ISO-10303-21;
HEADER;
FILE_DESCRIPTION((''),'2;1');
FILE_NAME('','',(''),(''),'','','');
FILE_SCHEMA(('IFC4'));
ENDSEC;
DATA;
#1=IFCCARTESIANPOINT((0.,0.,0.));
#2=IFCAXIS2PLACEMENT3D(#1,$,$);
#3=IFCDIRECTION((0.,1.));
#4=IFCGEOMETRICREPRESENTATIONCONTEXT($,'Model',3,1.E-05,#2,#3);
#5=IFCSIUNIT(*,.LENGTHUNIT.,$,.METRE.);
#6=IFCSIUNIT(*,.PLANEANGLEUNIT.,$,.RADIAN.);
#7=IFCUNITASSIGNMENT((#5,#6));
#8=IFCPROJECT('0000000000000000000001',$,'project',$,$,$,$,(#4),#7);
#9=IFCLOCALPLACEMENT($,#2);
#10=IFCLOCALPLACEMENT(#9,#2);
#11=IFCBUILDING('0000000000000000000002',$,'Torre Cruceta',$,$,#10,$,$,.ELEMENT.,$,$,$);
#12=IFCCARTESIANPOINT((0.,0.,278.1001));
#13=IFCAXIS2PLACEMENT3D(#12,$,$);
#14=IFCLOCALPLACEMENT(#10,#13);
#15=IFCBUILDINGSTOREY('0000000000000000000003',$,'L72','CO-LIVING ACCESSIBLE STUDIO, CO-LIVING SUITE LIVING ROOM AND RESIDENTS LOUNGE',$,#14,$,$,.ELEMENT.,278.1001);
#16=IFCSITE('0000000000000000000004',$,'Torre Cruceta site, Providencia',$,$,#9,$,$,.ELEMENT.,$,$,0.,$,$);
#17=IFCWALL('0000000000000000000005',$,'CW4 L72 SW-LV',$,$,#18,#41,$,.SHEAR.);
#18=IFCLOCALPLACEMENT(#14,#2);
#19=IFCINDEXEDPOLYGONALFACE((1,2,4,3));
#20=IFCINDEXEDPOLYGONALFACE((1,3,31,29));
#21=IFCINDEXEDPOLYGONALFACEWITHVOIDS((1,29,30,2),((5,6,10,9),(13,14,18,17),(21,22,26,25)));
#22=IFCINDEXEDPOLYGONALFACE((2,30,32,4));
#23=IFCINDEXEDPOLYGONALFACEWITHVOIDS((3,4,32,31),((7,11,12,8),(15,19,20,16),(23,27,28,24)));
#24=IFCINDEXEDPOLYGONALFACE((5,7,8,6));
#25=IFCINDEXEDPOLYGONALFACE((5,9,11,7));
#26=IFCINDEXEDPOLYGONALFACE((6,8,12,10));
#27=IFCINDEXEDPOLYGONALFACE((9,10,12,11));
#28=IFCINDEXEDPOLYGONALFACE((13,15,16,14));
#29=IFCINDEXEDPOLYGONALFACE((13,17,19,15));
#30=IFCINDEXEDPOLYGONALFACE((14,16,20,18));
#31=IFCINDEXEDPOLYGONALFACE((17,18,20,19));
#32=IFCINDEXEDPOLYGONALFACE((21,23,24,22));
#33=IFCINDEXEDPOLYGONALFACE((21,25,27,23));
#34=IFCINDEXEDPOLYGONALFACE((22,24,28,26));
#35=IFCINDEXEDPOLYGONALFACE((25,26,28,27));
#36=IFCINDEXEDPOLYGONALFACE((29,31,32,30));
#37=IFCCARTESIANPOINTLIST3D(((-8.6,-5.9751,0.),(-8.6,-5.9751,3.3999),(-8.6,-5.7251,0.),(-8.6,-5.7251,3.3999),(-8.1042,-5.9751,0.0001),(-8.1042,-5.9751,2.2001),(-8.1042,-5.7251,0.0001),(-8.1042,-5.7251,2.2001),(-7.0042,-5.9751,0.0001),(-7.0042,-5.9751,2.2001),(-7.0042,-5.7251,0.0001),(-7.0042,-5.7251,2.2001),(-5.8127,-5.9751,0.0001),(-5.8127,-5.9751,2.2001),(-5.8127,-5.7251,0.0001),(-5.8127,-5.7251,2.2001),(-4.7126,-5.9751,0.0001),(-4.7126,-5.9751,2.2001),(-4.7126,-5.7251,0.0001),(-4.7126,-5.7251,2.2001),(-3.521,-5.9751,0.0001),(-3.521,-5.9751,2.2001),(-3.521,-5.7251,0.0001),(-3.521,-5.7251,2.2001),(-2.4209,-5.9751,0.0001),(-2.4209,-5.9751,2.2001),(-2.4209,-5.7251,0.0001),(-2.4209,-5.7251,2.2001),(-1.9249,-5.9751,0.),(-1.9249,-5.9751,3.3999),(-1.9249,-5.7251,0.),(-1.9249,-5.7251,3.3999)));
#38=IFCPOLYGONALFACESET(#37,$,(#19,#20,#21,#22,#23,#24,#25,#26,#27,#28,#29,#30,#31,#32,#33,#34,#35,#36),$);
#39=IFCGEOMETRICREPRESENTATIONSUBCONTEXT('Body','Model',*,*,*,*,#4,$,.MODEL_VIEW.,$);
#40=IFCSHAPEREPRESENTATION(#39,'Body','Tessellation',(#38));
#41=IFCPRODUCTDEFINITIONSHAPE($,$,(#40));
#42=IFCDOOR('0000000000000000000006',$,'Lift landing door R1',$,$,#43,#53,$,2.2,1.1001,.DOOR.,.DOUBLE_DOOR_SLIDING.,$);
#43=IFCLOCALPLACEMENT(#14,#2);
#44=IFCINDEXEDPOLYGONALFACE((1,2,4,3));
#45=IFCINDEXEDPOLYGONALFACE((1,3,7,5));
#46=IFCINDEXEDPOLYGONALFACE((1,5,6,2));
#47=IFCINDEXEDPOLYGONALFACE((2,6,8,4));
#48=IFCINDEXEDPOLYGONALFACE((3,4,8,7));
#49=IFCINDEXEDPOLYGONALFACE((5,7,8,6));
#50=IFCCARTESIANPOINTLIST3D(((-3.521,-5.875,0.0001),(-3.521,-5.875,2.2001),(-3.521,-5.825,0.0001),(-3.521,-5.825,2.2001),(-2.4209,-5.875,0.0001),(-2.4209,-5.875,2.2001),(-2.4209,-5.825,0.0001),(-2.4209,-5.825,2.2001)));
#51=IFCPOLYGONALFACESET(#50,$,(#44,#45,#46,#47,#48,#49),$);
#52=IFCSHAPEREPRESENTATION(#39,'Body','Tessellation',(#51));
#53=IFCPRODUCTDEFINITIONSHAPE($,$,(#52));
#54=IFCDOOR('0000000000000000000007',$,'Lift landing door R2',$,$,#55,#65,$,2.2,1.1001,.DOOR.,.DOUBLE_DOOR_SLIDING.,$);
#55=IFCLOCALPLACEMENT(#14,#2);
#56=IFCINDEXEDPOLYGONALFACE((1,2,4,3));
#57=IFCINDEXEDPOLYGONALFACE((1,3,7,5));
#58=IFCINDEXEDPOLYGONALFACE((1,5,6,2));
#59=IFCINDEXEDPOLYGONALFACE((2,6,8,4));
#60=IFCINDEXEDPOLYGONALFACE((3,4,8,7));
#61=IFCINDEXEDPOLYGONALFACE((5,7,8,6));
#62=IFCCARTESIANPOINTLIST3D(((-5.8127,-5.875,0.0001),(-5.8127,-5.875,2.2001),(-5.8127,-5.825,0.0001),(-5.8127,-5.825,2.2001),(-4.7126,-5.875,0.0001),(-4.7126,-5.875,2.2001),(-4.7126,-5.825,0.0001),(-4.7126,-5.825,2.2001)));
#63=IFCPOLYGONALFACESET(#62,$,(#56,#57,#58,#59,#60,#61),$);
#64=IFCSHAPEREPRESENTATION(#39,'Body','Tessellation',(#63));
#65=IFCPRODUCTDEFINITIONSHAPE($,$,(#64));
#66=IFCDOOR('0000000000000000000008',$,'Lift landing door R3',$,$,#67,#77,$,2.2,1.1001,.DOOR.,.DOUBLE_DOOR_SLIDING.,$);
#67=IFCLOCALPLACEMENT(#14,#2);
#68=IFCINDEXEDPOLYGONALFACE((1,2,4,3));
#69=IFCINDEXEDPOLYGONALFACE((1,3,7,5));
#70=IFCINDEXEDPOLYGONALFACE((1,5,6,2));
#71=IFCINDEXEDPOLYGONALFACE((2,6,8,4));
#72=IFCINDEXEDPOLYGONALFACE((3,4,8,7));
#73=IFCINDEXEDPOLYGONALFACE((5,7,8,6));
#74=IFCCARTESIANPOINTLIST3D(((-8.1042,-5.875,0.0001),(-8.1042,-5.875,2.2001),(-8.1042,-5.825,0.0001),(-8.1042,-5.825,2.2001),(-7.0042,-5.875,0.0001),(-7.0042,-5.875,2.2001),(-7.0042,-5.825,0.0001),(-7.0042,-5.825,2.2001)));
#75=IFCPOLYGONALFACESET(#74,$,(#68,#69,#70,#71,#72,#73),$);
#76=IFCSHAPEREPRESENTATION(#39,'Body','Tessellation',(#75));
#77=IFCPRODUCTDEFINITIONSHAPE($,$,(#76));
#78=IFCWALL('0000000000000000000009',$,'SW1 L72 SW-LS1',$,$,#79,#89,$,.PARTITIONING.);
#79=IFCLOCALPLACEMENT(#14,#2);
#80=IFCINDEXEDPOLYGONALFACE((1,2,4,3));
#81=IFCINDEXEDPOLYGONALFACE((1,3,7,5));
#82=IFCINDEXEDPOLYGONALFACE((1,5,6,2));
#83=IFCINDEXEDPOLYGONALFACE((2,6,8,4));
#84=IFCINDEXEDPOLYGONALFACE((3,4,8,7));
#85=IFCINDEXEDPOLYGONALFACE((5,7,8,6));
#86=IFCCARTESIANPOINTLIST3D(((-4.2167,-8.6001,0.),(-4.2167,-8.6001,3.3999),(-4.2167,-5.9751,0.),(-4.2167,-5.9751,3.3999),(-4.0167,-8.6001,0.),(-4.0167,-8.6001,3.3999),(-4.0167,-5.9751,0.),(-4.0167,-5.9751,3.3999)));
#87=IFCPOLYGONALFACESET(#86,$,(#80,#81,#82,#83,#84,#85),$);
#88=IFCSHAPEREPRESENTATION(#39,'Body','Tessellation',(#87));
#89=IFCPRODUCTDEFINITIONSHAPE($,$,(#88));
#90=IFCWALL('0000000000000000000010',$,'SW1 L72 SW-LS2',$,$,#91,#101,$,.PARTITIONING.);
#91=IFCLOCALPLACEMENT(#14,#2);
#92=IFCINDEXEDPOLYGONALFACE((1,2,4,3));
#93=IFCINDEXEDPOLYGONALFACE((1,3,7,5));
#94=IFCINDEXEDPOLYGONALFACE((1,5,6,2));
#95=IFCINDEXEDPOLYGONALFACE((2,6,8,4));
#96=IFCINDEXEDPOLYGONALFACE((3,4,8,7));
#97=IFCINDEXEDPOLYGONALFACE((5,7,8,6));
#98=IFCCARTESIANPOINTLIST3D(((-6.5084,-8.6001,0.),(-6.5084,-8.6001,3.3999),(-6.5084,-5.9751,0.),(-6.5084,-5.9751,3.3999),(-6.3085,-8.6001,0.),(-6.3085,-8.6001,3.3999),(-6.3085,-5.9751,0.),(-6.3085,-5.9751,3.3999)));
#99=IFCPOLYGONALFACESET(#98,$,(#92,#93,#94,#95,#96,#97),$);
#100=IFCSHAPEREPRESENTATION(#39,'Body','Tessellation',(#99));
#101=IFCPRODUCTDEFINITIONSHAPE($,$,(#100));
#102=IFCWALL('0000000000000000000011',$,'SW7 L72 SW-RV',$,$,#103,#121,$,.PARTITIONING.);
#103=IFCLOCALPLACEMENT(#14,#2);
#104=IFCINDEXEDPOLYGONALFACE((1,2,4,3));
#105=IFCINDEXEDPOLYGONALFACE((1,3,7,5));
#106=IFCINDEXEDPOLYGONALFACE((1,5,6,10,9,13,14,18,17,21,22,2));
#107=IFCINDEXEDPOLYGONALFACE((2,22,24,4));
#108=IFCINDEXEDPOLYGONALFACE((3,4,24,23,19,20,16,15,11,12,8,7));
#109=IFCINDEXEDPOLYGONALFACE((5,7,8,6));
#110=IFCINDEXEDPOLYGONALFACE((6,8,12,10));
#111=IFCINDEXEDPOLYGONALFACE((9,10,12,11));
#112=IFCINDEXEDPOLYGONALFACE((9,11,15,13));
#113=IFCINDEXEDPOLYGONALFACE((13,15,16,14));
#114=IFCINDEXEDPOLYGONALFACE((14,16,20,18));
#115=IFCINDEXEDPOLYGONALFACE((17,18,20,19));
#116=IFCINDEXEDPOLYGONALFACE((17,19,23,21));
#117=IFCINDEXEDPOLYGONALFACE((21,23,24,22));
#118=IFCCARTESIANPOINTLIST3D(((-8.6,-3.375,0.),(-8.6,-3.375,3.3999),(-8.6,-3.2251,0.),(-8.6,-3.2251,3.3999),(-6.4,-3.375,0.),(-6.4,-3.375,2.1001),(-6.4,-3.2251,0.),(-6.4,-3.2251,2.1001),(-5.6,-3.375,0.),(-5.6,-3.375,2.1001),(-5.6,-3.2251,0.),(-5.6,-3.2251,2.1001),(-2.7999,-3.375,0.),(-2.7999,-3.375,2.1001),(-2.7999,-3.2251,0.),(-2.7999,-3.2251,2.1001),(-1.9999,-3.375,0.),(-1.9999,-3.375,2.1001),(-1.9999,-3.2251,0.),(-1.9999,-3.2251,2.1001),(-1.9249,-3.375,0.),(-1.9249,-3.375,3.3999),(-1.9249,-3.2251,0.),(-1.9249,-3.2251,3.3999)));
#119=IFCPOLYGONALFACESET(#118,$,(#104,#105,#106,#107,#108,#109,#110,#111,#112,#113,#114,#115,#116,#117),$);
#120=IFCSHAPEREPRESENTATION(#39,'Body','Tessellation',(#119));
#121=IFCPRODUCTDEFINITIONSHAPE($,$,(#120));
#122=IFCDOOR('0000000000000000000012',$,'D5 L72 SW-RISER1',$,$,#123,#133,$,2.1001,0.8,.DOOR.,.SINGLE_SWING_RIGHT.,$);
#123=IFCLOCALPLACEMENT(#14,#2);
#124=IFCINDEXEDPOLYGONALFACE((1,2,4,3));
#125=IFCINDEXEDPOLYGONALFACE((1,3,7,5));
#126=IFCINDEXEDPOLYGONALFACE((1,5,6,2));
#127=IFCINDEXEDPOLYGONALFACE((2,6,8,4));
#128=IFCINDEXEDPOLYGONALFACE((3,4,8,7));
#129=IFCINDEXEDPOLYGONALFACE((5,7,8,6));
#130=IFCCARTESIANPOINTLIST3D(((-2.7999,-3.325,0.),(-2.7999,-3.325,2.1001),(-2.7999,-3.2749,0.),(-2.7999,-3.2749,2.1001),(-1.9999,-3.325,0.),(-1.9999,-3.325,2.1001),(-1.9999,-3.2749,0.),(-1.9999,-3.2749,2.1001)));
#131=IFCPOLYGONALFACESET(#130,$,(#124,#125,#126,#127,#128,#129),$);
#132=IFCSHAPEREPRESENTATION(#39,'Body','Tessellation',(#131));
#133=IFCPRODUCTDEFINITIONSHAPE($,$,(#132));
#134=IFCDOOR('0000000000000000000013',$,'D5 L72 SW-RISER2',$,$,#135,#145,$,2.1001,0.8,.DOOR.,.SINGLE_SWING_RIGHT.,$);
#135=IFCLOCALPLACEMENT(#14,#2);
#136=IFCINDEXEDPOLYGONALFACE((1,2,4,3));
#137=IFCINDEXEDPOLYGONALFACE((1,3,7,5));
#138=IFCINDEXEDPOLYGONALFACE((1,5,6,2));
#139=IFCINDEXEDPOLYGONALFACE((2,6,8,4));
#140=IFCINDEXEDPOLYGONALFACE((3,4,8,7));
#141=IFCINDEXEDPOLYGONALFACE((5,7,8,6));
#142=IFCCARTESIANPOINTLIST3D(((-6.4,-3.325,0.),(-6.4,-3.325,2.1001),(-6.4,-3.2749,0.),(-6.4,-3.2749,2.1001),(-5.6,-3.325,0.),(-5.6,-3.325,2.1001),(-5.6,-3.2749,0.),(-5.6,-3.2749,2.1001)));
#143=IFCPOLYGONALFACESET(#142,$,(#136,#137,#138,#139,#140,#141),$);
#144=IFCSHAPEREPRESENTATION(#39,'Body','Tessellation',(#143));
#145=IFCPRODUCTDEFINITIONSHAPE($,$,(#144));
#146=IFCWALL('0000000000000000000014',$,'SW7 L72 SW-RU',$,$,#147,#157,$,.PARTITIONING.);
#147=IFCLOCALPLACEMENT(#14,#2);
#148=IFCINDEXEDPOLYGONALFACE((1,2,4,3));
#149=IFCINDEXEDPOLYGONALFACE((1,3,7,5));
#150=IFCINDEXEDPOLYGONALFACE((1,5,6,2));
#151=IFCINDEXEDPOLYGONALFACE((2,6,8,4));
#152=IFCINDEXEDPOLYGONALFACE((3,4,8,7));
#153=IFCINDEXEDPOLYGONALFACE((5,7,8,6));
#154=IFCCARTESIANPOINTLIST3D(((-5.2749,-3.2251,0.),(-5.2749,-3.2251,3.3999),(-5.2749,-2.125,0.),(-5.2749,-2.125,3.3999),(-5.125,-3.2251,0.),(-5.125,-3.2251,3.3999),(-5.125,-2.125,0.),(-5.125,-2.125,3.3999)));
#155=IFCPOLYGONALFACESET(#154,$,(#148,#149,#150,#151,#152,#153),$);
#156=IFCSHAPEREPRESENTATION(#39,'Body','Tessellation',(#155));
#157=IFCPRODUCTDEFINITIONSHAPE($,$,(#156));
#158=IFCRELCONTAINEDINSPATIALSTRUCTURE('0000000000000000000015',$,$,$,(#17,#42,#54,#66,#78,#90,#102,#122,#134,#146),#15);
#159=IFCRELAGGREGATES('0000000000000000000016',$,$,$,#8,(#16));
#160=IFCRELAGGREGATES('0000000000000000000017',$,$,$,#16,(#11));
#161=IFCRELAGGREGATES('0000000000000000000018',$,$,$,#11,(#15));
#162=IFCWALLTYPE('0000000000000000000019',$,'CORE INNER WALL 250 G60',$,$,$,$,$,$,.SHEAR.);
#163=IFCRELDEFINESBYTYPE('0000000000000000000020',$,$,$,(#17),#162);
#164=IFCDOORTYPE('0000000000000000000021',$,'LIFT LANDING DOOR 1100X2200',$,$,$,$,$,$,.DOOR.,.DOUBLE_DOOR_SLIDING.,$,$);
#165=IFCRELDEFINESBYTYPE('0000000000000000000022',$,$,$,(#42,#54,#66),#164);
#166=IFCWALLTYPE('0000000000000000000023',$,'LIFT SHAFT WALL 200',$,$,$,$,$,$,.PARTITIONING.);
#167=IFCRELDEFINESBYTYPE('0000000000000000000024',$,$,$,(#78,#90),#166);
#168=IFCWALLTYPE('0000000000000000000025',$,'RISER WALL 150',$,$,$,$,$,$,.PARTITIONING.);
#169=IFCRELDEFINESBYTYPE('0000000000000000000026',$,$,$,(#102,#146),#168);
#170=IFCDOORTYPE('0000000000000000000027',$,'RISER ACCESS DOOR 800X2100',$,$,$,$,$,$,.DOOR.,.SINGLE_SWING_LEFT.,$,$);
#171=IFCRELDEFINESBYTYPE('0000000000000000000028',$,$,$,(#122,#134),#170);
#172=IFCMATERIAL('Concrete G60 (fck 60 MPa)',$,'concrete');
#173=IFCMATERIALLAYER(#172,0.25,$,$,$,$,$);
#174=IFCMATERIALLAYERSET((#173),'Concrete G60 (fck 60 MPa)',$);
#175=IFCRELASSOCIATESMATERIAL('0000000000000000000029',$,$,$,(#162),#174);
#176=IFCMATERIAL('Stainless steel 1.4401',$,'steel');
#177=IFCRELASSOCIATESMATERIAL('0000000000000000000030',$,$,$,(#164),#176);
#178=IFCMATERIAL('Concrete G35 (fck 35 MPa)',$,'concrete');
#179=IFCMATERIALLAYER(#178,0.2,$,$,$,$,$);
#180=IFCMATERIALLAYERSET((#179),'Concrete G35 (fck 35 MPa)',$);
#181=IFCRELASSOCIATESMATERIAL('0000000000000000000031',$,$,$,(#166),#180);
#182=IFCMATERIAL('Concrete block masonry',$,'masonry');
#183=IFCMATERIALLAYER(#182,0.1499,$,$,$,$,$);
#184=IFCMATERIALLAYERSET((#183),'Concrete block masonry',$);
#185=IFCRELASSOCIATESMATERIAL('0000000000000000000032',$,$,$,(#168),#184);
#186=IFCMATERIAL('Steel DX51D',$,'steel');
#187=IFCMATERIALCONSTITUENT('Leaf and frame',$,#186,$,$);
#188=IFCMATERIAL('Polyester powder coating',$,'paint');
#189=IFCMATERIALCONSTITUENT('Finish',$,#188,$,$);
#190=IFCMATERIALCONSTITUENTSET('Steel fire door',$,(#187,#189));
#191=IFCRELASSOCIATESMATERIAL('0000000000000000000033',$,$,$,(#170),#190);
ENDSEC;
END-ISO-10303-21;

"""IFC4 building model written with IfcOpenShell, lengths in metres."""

from ifc_helpers import new_model, si_unit, direction, frame, frame_2d, origin, place, context, subcontext, project, spatial, rectangle, extrude, material, layer, layer_set, constituent, constituent_set, type_object, element, fill, save


model = new_model("IFC4")

# Units and contexts
model_context = context("Model", 3, precision=1e-05, world=origin(), true_north=direction((0.0, 1.0)))
body_context = subcontext(model_context, "Body", "Model", "MODEL_VIEW")
ifc_project = project(units=[si_unit("LENGTHUNIT", "METRE"), si_unit("PLANEANGLEUNIT", "RADIAN")], contexts=[model_context])

# Site, building, storey
site_placement = place(None, origin())
site = spatial("IfcSite", under=ifc_project, at=site_placement, Name="Torre Cruceta site, Providencia", CompositionType="ELEMENT", RefElevation=0.0)
building_placement = place(site_placement, origin())
building = spatial("IfcBuilding", under=site, at=building_placement, Name="Torre Cruceta", CompositionType="ELEMENT")
storey_placement = place(building_placement, frame((0.0, 0.0, 278.1001)))
storey = spatial("IfcBuildingStorey", under=building, at=storey_placement, Name="L72", Description="CO-LIVING ACCESSIBLE STUDIO, CO-LIVING SUITE LIVING ROOM AND RESIDENTS LOUNGE", CompositionType="ELEMENT", Elevation=278.1001)

# Shared definitions
ifc_material_1 = material(Name="Concrete G60 (fck 60 MPa)", Category="concrete")
ifc_layer_1 = layer(ifc_material_1, 0.25)
ifc_layer_set_1 = layer_set([ifc_layer_1], Name="Concrete G60 (fck 60 MPa)")
wall_type_1 = type_object("IfcWallType", Name="CORE INNER WALL 250 G60", PredefinedType="SHEAR", material=ifc_layer_set_1)

# Wall, openings, doors
wall_1_placement = place(storey_placement, frame((-1.925, -5.8501, 0.0), z_axis=(0.0, 0.0, 1.0), x_axis=(-1.0, 0.0, 0.0)))
wall_1 = element("IfcWall", 1, at=wall_1_placement, inside=storey, type_object=wall_type_1, Name="CW4 L72 SW-LV", PredefinedType="SHEAR", context=body_context, shape_type="SweptSolid", body=[
    extrude(rectangle(XDim=6.675, YDim=0.25, at=frame_2d((3.3374, 0.0))), origin(), (0.0, 0.0, 1.0), 3.3999),
])
opening_1_placement = place(wall_1_placement, frame((0.4958, 0.0, 0.0)))
opening_1 = element("IfcOpeningElement", 2, at=opening_1_placement, cuts=wall_1, PredefinedType="OPENING", context=body_context, shape_type="SweptSolid", body=[
    extrude(rectangle(XDim=1.1001, YDim=2.2, at=frame_2d((0.55, 1.1001))), frame((0.0, 0.135, 0.0), z_axis=(0.0, -1.0, 0.0), x_axis=(1.0, 0.0, 0.0)), (0.0, 0.0, 1.0), 0.27),
])
opening_2_placement = place(wall_1_placement, frame((2.7876, 0.0, 0.0)))
opening_2 = element("IfcOpeningElement", 3, at=opening_2_placement, cuts=wall_1, PredefinedType="OPENING", context=body_context, shape_type="SweptSolid", body=[
    extrude(rectangle(XDim=1.1001, YDim=2.2, at=frame_2d((0.55, 1.1001))), frame((0.0, 0.135, 0.0), z_axis=(0.0, -1.0, 0.0), x_axis=(1.0, 0.0, 0.0)), (0.0, 0.0, 1.0), 0.27),
])
opening_3_placement = place(wall_1_placement, frame((5.0791, 0.0, 0.0)))
opening_3 = element("IfcOpeningElement", 4, at=opening_3_placement, cuts=wall_1, PredefinedType="OPENING", context=body_context, shape_type="SweptSolid", body=[
    extrude(rectangle(XDim=1.1001, YDim=2.2, at=frame_2d((0.55, 1.1001))), frame((0.0, 0.135, 0.0), z_axis=(0.0, -1.0, 0.0), x_axis=(1.0, 0.0, 0.0)), (0.0, 0.0, 1.0), 0.27),
])
ifc_material_2 = material(Name="Stainless steel 1.4401", Category="steel")
door_type_1 = type_object("IfcDoorType", Name="LIFT LANDING DOOR 1100X2200", OperationType="DOUBLE_DOOR_SLIDING", PredefinedType="DOOR", material=ifc_material_2)
door_1_placement = place(opening_1_placement, origin())
door_1 = element("IfcDoor", 5, at=door_1_placement, inside=storey, type_object=door_type_1, Name="Lift landing door R1", OperationType="DOUBLE_DOOR_SLIDING", OverallHeight=2.2, OverallWidth=1.1001, PredefinedType="DOOR", context=body_context, shape_type="SweptSolid", body=[
    extrude(rectangle(XDim=1.1001, YDim=2.2, at=frame_2d((0.55, 1.1001))), frame((0.0, 0.0249, 0.0), z_axis=(0.0, -1.0, 0.0), x_axis=(1.0, 0.0, 0.0)), (0.0, 0.0, 1.0), 0.05),
])
fill(opening_1, door_1)
door_2_placement = place(opening_2_placement, origin())
door_2 = element("IfcDoor", 6, at=door_2_placement, inside=storey, type_object=door_type_1, Name="Lift landing door R2", OperationType="DOUBLE_DOOR_SLIDING", OverallHeight=2.2, OverallWidth=1.1001, PredefinedType="DOOR", context=body_context, shape_type="SweptSolid", body=[
    extrude(rectangle(XDim=1.1001, YDim=2.2, at=frame_2d((0.55, 1.1001))), frame((0.0, 0.0249, 0.0), z_axis=(0.0, -1.0, 0.0), x_axis=(1.0, 0.0, 0.0)), (0.0, 0.0, 1.0), 0.05),
])
fill(opening_2, door_2)
door_3_placement = place(opening_3_placement, origin())
door_3 = element("IfcDoor", 7, at=door_3_placement, inside=storey, type_object=door_type_1, Name="Lift landing door R3", OperationType="DOUBLE_DOOR_SLIDING", OverallHeight=2.2, OverallWidth=1.1001, PredefinedType="DOOR", context=body_context, shape_type="SweptSolid", body=[
    extrude(rectangle(XDim=1.1001, YDim=2.2, at=frame_2d((0.55, 1.1001))), frame((0.0, 0.0249, 0.0), z_axis=(0.0, -1.0, 0.0), x_axis=(1.0, 0.0, 0.0)), (0.0, 0.0, 1.0), 0.05),
])
fill(opening_3, door_3)

# Walls
ifc_material_3 = material(Name="Concrete G35 (fck 35 MPa)", Category="concrete")
ifc_layer_2 = layer(ifc_material_3, 0.2)
ifc_layer_set_2 = layer_set([ifc_layer_2], Name="Concrete G35 (fck 35 MPa)")
wall_type_2 = type_object("IfcWallType", Name="LIFT SHAFT WALL 200", PredefinedType="PARTITIONING", material=ifc_layer_set_2)
for number, where, z_axis, x_axis, name in (
    (8, (-4.1167, -5.9751, 0.0), (0.0, 0.0, 1.0), (0.0, -1.0, 0.0), "SW1 L72 SW-LS1"),
    (9, (-6.4084, -5.9751, 0.0), (0.0, 0.0, 1.0), (0.0, -1.0, 0.0), "SW1 L72 SW-LS2"),
):
    element("IfcWall", number, at=place(storey_placement, frame(where, z_axis=z_axis, x_axis=x_axis)), inside=storey, type_object=wall_type_2, Name=name, PredefinedType="PARTITIONING", context=body_context, shape_type="SweptSolid", body=[
        extrude(rectangle(XDim=2.625, YDim=0.2, at=frame_2d((1.3125, 0.0))), origin(), (0.0, 0.0, 1.0), 3.3999),
    ])

# Wall, openings, doors
ifc_material_4 = material(Name="Concrete block masonry", Category="masonry")
ifc_layer_3 = layer(ifc_material_4, 0.1499)
ifc_layer_set_3 = layer_set([ifc_layer_3], Name="Concrete block masonry")
wall_type_3 = type_object("IfcWallType", Name="RISER WALL 150", PredefinedType="PARTITIONING", material=ifc_layer_set_3)
wall_2_placement = place(storey_placement, frame((-1.925, -3.3, 0.0), z_axis=(0.0, 0.0, 1.0), x_axis=(-1.0, 0.0, 0.0)))
wall_2 = element("IfcWall", 10, at=wall_2_placement, inside=storey, type_object=wall_type_3, Name="SW7 L72 SW-RV", PredefinedType="PARTITIONING", context=body_context, shape_type="SweptSolid", body=[
    extrude(rectangle(XDim=6.675, YDim=0.1499, at=frame_2d((3.3374, 0.0))), origin(), (0.0, 0.0, 1.0), 3.3999),
])
opening_4_placement = place(wall_2_placement, frame((0.075, 0.0, 0.0)))
opening_4 = element("IfcOpeningElement", 11, at=opening_4_placement, cuts=wall_2, PredefinedType="OPENING", context=body_context, shape_type="SweptSolid", body=[
    extrude(rectangle(XDim=0.8, YDim=2.1001, at=frame_2d((0.3999, 1.05))), frame((0.0, 0.085, 0.0), z_axis=(0.0, -1.0, 0.0), x_axis=(1.0, 0.0, 0.0)), (0.0, 0.0, 1.0), 0.1699),
])
opening_5_placement = place(wall_2_placement, frame((3.675, 0.0, 0.0)))
opening_5 = element("IfcOpeningElement", 12, at=opening_5_placement, cuts=wall_2, PredefinedType="OPENING", context=body_context, shape_type="SweptSolid", body=[
    extrude(rectangle(XDim=0.8, YDim=2.1001, at=frame_2d((0.3999, 1.05))), frame((0.0, 0.085, 0.0), z_axis=(0.0, -1.0, 0.0), x_axis=(1.0, 0.0, 0.0)), (0.0, 0.0, 1.0), 0.1699),
])
ifc_material_5 = material(Name="Steel DX51D", Category="steel")
ifc_constituent_1 = constituent(ifc_material_5, Name="Leaf and frame")
ifc_material_6 = material(Name="Polyester powder coating", Category="paint")
ifc_constituent_2 = constituent(ifc_material_6, Name="Finish")
ifc_constituent_set_1 = constituent_set(constituents=[ifc_constituent_1, ifc_constituent_2], Name="Steel fire door")
door_type_2 = type_object("IfcDoorType", Name="RISER ACCESS DOOR 800X2100", OperationType="SINGLE_SWING_LEFT", PredefinedType="DOOR", material=ifc_constituent_set_1)
door_4_placement = place(opening_4_placement, frame((0.8, 0.0, 0.0), z_axis=(0.0, 0.0, 1.0), x_axis=(-1.0, 0.0, 0.0)))
door_4 = element("IfcDoor", 13, at=door_4_placement, inside=storey, type_object=door_type_2, Name="D5 L72 SW-RISER1", OperationType="SINGLE_SWING_RIGHT", OverallHeight=2.1001, OverallWidth=0.8, PredefinedType="DOOR", context=body_context, shape_type="SweptSolid", body=[
    extrude(rectangle(XDim=0.8, YDim=2.1001, at=frame_2d((0.4001, 1.05))), frame((0.0, 0.0251, 0.0), z_axis=(0.0, -1.0, 0.0), x_axis=(1.0, 0.0, 0.0)), (0.0, 0.0, 1.0), 0.05),
])
fill(opening_4, door_4)
door_5_placement = place(opening_5_placement, frame((0.8, 0.0, 0.0), z_axis=(0.0, 0.0, 1.0), x_axis=(-1.0, 0.0, 0.0)))
door_5 = element("IfcDoor", 14, at=door_5_placement, inside=storey, type_object=door_type_2, Name="D5 L72 SW-RISER2", OperationType="SINGLE_SWING_RIGHT", OverallHeight=2.1001, OverallWidth=0.8, PredefinedType="DOOR", context=body_context, shape_type="SweptSolid", body=[
    extrude(rectangle(XDim=0.8, YDim=2.1001, at=frame_2d((0.4001, 1.05))), frame((0.0, 0.0251, 0.0), z_axis=(0.0, -1.0, 0.0), x_axis=(1.0, 0.0, 0.0)), (0.0, 0.0, 1.0), 0.05),
])
fill(opening_5, door_5)

# Wall
wall_3_placement = place(storey_placement, frame((-5.2, -2.125, 0.0), z_axis=(0.0, 0.0, 1.0), x_axis=(0.0, -1.0, 0.0)))
element("IfcWall", 15, at=wall_3_placement, inside=storey, type_object=wall_type_3, Name="SW7 L72 SW-RU", PredefinedType="PARTITIONING", context=body_context, shape_type="SweptSolid", body=[
    extrude(rectangle(XDim=1.1001, YDim=0.1499, at=frame_2d((0.55, 0.0))), origin(), (0.0, 0.0, 1.0), 3.3999),
])

save(model, "model.ifc")
